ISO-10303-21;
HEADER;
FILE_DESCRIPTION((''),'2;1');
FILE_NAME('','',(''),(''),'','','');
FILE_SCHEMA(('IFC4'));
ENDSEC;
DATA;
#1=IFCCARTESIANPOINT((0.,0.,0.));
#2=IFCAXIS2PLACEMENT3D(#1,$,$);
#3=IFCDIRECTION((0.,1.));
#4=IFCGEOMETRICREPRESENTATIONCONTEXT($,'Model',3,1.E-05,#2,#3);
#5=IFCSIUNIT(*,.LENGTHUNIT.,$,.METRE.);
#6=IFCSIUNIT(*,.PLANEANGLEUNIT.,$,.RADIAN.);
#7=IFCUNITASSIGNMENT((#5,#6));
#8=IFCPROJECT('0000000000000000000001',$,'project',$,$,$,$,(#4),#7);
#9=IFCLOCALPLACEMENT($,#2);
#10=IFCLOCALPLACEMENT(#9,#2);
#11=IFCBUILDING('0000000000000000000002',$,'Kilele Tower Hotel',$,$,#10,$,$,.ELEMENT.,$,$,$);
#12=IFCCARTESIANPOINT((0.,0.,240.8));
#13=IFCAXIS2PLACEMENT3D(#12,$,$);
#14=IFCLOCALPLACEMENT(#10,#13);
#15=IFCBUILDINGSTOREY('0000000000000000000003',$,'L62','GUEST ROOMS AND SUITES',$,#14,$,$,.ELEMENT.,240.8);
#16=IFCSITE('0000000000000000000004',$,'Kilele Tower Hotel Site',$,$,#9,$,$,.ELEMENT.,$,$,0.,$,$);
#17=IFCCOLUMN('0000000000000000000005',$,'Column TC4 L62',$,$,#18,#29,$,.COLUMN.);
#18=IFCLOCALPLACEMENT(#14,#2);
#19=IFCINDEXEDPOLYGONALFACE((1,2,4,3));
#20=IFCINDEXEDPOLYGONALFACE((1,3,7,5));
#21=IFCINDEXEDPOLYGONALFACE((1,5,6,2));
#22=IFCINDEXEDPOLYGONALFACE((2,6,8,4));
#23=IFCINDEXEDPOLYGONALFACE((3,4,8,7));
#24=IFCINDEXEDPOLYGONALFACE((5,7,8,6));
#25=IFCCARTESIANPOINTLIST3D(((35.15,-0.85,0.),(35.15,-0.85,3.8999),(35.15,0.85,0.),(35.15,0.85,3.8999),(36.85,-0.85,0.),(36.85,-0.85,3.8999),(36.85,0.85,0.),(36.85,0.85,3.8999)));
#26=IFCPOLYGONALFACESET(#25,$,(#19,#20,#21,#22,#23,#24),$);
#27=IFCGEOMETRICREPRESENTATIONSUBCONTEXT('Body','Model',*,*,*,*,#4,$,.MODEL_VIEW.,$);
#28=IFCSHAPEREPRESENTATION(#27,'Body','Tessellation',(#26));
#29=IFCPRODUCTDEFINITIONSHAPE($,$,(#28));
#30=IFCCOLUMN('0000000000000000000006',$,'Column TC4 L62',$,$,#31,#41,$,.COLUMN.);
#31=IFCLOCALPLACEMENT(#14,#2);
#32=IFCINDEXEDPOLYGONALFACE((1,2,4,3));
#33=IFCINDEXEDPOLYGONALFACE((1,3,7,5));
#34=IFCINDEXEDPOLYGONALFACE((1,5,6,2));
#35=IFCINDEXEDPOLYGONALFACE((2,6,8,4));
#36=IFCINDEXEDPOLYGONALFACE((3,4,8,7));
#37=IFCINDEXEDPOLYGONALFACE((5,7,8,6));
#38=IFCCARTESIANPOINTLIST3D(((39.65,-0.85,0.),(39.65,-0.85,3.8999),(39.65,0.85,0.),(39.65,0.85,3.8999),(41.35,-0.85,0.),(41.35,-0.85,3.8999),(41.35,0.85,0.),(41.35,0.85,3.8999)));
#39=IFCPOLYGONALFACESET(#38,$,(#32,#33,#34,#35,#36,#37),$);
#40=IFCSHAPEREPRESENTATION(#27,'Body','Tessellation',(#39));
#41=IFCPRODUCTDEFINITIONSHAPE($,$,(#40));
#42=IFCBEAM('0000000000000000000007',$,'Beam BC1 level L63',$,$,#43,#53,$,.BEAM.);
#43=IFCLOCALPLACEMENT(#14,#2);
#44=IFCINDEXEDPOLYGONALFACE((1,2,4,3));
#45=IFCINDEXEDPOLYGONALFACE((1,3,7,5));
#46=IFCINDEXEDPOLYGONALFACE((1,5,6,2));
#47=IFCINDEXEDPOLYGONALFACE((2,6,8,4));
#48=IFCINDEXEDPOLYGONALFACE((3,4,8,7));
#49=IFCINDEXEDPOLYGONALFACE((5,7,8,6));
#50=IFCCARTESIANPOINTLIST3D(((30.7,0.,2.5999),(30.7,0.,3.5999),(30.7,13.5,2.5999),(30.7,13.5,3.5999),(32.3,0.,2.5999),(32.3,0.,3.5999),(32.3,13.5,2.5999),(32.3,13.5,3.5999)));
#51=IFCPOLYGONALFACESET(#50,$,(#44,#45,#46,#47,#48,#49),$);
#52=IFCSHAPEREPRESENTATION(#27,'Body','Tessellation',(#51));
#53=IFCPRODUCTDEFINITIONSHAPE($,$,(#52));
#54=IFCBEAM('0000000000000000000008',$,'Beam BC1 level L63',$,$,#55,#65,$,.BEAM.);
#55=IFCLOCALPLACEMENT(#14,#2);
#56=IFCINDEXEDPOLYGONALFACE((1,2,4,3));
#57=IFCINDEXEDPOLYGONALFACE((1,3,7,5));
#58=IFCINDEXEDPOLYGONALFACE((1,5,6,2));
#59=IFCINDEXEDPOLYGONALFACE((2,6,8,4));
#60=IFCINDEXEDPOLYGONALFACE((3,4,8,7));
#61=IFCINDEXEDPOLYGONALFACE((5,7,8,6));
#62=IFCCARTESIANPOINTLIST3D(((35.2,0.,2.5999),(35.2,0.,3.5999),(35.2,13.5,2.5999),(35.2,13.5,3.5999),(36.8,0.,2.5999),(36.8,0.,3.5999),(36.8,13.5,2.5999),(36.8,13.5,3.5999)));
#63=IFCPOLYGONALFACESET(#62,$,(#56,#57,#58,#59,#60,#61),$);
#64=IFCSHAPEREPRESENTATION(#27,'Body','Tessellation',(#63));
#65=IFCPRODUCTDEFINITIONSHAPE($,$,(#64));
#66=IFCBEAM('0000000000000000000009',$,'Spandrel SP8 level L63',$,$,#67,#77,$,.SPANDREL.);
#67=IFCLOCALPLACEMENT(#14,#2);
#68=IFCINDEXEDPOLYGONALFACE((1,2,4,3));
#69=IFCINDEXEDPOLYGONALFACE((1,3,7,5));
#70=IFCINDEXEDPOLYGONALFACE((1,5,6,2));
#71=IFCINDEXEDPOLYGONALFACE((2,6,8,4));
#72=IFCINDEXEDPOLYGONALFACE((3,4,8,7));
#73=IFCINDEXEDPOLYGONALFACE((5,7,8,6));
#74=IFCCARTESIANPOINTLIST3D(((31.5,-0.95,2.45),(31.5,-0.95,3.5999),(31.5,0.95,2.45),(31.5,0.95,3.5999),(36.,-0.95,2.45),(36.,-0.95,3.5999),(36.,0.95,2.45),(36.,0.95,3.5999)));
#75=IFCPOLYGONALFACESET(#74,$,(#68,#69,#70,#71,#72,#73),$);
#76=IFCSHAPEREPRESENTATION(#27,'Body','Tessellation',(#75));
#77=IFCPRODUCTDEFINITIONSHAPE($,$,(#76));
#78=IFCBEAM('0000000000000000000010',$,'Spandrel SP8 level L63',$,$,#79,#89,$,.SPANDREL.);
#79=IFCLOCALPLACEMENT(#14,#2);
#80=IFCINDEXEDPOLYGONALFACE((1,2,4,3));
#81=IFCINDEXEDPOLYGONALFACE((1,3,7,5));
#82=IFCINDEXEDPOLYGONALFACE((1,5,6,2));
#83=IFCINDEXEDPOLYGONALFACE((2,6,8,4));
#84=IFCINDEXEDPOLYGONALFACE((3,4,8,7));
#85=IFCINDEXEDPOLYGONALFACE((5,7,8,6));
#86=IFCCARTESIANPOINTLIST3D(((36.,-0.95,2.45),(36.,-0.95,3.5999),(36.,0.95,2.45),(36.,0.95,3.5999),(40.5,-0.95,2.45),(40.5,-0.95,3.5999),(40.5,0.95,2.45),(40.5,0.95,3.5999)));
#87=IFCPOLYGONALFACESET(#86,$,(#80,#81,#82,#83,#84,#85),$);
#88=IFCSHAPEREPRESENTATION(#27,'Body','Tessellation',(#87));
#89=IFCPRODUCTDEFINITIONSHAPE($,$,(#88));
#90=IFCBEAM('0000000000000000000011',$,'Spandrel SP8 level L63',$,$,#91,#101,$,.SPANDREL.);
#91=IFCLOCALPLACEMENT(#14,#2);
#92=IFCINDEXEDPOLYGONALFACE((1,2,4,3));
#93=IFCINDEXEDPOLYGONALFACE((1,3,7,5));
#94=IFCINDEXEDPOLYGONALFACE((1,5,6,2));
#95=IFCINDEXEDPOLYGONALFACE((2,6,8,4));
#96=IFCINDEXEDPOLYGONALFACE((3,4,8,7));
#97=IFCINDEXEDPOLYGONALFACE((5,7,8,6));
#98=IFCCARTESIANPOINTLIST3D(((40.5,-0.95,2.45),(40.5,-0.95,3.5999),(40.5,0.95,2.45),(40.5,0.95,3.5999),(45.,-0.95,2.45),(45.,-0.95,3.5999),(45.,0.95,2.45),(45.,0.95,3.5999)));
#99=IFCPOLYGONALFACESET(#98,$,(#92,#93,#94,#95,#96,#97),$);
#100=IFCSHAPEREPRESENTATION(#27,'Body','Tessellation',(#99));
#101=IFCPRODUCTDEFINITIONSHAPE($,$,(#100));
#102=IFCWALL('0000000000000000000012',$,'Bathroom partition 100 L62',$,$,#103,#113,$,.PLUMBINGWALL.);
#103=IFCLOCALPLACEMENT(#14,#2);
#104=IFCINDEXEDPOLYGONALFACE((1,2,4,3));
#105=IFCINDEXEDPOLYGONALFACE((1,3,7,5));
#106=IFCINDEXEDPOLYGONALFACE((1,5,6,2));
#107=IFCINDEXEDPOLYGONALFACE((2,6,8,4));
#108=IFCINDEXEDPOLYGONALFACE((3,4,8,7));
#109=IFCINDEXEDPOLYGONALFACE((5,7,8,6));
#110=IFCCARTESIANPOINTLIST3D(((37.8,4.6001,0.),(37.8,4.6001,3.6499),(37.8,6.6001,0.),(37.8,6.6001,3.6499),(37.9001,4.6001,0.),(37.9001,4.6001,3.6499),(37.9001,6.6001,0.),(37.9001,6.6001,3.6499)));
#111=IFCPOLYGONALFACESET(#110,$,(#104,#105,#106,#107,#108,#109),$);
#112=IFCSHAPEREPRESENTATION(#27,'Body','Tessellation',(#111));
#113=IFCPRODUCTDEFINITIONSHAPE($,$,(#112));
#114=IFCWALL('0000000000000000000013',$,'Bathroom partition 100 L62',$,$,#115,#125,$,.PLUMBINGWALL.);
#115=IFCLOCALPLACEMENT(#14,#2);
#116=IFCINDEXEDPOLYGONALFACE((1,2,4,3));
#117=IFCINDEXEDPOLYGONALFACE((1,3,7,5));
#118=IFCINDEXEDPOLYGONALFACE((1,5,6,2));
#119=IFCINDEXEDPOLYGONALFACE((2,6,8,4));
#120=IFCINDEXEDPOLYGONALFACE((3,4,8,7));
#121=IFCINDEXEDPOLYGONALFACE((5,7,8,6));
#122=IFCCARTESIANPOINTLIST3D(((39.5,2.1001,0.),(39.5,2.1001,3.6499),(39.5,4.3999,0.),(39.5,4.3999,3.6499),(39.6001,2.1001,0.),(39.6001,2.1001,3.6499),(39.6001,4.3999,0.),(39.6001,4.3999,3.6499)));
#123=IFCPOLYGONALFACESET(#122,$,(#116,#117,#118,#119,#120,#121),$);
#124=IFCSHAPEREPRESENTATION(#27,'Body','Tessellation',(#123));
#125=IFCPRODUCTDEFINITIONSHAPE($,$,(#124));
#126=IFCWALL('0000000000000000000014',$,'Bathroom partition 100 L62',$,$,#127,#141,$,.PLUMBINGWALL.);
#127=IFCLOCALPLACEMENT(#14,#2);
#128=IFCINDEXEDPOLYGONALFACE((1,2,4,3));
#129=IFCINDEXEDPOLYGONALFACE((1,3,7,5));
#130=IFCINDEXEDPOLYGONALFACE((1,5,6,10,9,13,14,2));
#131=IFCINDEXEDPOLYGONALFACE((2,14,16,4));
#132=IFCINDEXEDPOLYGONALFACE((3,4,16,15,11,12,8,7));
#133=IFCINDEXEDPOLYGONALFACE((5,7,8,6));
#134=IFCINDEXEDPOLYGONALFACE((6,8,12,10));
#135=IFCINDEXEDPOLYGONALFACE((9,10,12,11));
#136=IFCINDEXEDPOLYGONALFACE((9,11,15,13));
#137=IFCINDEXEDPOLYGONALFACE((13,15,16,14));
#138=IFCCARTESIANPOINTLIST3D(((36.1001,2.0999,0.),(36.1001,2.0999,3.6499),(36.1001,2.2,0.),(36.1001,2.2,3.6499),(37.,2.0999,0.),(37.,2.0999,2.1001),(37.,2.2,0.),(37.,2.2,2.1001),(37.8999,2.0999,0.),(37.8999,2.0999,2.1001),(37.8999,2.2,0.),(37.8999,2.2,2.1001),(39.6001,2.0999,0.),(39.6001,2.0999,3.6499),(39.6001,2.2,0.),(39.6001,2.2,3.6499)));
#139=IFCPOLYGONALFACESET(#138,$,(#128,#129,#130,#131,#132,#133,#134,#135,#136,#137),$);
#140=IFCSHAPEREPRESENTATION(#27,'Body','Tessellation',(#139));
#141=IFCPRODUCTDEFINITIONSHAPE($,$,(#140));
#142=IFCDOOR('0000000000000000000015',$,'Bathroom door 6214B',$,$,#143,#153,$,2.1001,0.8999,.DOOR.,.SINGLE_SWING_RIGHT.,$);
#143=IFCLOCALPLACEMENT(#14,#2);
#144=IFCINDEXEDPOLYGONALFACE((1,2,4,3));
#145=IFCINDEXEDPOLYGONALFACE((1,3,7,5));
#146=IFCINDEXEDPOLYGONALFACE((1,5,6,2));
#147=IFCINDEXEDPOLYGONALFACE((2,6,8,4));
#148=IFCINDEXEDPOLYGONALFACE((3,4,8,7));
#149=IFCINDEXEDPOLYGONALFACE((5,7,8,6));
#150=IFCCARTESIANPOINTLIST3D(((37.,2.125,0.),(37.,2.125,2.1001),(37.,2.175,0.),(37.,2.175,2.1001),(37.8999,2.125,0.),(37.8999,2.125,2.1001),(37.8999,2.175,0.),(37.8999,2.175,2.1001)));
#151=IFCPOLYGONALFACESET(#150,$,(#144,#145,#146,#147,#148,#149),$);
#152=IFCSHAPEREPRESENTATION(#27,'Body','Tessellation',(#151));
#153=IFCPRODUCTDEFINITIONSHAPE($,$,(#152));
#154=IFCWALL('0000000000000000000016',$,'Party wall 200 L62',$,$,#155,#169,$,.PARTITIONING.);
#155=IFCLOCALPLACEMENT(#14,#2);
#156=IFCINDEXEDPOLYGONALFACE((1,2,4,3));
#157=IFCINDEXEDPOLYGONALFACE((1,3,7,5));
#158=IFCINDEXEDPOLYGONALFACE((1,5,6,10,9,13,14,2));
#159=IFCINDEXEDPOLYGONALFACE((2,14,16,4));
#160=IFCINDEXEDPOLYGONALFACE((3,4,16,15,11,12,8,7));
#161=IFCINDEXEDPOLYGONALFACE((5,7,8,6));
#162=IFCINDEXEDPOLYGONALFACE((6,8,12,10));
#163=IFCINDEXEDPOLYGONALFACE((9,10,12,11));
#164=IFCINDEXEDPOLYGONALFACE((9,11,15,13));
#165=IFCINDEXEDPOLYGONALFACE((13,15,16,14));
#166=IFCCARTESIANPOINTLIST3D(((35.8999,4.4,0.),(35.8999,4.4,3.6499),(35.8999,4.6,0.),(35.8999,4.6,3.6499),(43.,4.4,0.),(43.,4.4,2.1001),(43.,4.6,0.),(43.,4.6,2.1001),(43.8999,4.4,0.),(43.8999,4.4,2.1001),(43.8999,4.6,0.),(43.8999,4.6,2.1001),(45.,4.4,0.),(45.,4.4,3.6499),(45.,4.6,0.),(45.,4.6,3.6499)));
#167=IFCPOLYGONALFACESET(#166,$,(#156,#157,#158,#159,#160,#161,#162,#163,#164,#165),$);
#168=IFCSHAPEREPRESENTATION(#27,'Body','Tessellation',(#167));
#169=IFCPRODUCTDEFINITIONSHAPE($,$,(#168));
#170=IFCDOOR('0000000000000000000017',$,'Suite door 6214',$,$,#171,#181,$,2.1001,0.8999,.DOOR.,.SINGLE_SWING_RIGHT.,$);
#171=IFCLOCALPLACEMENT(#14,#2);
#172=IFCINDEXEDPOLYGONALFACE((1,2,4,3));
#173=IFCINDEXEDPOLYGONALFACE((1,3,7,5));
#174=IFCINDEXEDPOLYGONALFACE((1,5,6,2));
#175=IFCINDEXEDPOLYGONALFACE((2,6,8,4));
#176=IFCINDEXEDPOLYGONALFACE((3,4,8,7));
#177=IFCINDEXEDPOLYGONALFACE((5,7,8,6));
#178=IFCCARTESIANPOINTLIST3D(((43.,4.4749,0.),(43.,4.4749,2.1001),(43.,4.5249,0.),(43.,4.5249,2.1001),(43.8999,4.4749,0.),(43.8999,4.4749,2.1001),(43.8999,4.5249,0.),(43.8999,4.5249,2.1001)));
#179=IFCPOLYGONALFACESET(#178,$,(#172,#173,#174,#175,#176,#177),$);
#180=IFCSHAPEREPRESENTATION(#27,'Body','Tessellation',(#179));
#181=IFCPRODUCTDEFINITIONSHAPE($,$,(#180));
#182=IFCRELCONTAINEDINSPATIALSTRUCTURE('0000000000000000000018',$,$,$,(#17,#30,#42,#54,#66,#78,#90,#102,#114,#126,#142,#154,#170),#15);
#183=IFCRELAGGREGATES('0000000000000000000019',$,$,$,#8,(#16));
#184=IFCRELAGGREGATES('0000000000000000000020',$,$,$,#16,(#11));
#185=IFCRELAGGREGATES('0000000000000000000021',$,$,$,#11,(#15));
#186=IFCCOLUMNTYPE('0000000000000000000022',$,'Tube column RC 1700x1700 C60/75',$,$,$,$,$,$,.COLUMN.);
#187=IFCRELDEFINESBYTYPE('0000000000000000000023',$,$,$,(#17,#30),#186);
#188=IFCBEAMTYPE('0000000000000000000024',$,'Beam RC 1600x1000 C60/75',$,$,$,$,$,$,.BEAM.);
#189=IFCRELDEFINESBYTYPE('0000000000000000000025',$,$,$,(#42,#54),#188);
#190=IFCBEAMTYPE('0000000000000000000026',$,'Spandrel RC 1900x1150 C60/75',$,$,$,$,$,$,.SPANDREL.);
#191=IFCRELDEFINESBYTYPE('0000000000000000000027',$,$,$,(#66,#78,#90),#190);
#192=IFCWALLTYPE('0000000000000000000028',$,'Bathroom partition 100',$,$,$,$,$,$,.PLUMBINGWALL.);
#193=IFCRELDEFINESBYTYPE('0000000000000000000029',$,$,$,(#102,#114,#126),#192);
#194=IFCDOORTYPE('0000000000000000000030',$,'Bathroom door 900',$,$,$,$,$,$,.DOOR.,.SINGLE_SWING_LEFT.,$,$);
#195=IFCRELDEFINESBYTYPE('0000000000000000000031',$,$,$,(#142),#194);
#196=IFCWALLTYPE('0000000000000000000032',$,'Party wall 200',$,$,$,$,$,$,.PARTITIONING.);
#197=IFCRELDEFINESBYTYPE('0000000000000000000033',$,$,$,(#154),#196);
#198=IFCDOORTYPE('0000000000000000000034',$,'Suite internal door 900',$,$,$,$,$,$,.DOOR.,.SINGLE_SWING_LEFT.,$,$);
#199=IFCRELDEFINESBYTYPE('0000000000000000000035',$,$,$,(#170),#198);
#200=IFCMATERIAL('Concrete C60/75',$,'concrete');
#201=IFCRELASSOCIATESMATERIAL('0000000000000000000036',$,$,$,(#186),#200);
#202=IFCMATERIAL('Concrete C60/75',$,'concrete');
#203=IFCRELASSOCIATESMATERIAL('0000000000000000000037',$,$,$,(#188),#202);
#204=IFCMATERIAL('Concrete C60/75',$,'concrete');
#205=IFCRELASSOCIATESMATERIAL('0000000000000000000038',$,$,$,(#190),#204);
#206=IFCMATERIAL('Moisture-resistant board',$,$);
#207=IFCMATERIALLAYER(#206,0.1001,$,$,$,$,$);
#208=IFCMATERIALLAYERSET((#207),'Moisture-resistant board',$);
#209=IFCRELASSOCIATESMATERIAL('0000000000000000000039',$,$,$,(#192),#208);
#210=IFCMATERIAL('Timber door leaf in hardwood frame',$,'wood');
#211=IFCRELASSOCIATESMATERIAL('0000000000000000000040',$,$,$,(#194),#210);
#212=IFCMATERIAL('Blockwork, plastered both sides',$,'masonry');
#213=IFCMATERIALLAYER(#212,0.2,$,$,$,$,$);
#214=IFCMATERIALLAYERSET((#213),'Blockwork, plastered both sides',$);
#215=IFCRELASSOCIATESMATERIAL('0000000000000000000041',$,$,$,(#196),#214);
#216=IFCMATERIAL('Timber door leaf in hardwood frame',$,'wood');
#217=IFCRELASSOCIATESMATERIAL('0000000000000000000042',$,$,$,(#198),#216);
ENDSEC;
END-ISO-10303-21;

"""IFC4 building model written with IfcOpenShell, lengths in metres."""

from ifc_helpers import new_model, si_unit, direction, frame, frame_2d, origin, origin_2d, place, context, subcontext, project, spatial, rectangle, extrude, material, layer, layer_set, material_profile, profile_set, type_object, element, fill, save


model = new_model("IFC4")

# Units and contexts
model_context = context("Model", 3, precision=1e-05, world=origin(), true_north=direction((0.0, 1.0)))
body_context = subcontext(model_context, "Body", "Model", "MODEL_VIEW")
ifc_project = project(units=[si_unit("LENGTHUNIT", "METRE"), si_unit("PLANEANGLEUNIT", "RADIAN")], contexts=[model_context])

# Site, building, storey
site_placement = place(None, origin())
site = spatial("IfcSite", under=ifc_project, at=site_placement, Name="Kilele Tower Hotel Site", CompositionType="ELEMENT", RefElevation=0.0)
building_placement = place(site_placement, origin())
building = spatial("IfcBuilding", under=site, at=building_placement, Name="Kilele Tower Hotel", CompositionType="ELEMENT")
storey_placement = place(building_placement, frame((0.0, 0.0, 240.8)))
storey = spatial("IfcBuildingStorey", under=building, at=storey_placement, Name="L62", Description="GUEST ROOMS AND SUITES", CompositionType="ELEMENT", Elevation=240.8)

# Columns
ifc_material_1 = material(Name="Concrete C60/75", Category="concrete")
ifc_material_profile_1 = material_profile(ifc_material_1, rectangle(XDim=1.7, YDim=1.7, at=origin_2d()))
ifc_profile_set_1 = profile_set([ifc_material_profile_1], Name="Concrete C60/75")
column_type = type_object("IfcColumnType", Name="Tube column RC 1700x1700 C60/75", PredefinedType="COLUMN", material=ifc_profile_set_1)
for number, where, z_axis, x_axis, name in (
    (1, (36.0, 0.0, 0.0), (0.0, 0.0, 1.0), (1.0, 0.0, 0.0), "Column TC4 L62"),
    (2, (40.5, 0.0, 0.0), (0.0, 0.0, 1.0), (1.0, 0.0, 0.0), "Column TC4 L62"),
):
    element("IfcColumn", number, at=place(storey_placement, frame(where, z_axis=z_axis, x_axis=x_axis)), inside=storey, type_object=column_type, Name=name, PredefinedType="COLUMN", context=body_context, shape_type="SweptSolid", body=[
        extrude(rectangle(XDim=1.7, YDim=1.7, at=origin_2d()), origin(), (0.0, 0.0, 1.0), 3.8999),
    ])

# Beams
ifc_material_2 = material(Name="Concrete C60/75", Category="concrete")
ifc_material_profile_2 = material_profile(ifc_material_2, rectangle(XDim=1.6001, YDim=1.0, at=origin_2d()))
ifc_profile_set_2 = profile_set([ifc_material_profile_2], Name="Concrete C60/75")
beam_type_1 = type_object("IfcBeamType", Name="Beam RC 1600x1000 C60/75", PredefinedType="BEAM", material=ifc_profile_set_2)
for number, where, z_axis, x_axis, name in (
    (3, (31.5, 0.0, 3.0999), (0.0, 1.0, 0.0), (-1.0, 0.0, 0.0), "Beam BC1 level L63"),
    (4, (36.0, 0.0, 3.0999), (0.0, 1.0, 0.0), (-1.0, 0.0, 0.0), "Beam BC1 level L63"),
):
    element("IfcBeam", number, at=place(storey_placement, frame(where, z_axis=z_axis, x_axis=x_axis)), inside=storey, type_object=beam_type_1, Name=name, PredefinedType="BEAM", context=body_context, shape_type="SweptSolid", body=[
        extrude(rectangle(XDim=1.6001, YDim=1.0, at=origin_2d()), origin(), (0.0, 0.0, 1.0), 13.5),
    ])
ifc_material_3 = material(Name="Concrete C60/75", Category="concrete")
ifc_material_profile_3 = material_profile(ifc_material_3, rectangle(XDim=1.8999, YDim=1.1499, at=origin_2d()))
ifc_profile_set_3 = profile_set([ifc_material_profile_3], Name="Concrete C60/75")
beam_type_2 = type_object("IfcBeamType", Name="Spandrel RC 1900x1150 C60/75", PredefinedType="SPANDREL", material=ifc_profile_set_3)
for number, where, z_axis, x_axis, name in (
    (5, (31.5, 0.0, 3.0249), (1.0, 0.0, 0.0), (0.0, 1.0, 0.0), "Spandrel SP8 level L63"),
    (6, (36.0, 0.0, 3.0249), (1.0, 0.0, 0.0), (0.0, 1.0, 0.0), "Spandrel SP8 level L63"),
    (7, (40.5, 0.0, 3.0249), (1.0, 0.0, 0.0), (0.0, 1.0, 0.0), "Spandrel SP8 level L63"),
):
    element("IfcBeam", number, at=place(storey_placement, frame(where, z_axis=z_axis, x_axis=x_axis)), inside=storey, type_object=beam_type_2, Name=name, PredefinedType="SPANDREL", context=body_context, shape_type="SweptSolid", body=[
        extrude(rectangle(XDim=1.8999, YDim=1.1499, at=origin_2d()), origin(), (0.0, 0.0, 1.0), 4.5),
    ])

# Walls
ifc_material_4 = material(Name="Moisture-resistant board")
ifc_layer_1 = layer(ifc_material_4, 0.1001)
ifc_layer_set_1 = layer_set([ifc_layer_1], Name="Moisture-resistant board")
wall_type_1 = type_object("IfcWallType", Name="Bathroom partition 100", PredefinedType="PLUMBINGWALL", material=ifc_layer_set_1)
wall_1_placement = place(storey_placement, frame((37.8501, 4.6001, 0.0), z_axis=(0.0, 0.0, 1.0), x_axis=(0.0, 1.0, 0.0)))
element("IfcWall", 8, at=wall_1_placement, inside=storey, type_object=wall_type_1, Name="Bathroom partition 100 L62", PredefinedType="PLUMBINGWALL", context=body_context, shape_type="SweptSolid", body=[
    extrude(rectangle(XDim=2.0, YDim=0.1001, at=frame_2d((1.0, 0.0))), origin(), (0.0, 0.0, 1.0), 3.6499),
])
wall_2_placement = place(storey_placement, frame((39.55, 4.3999, 0.0), z_axis=(0.0, 0.0, 1.0), x_axis=(0.0, -1.0, 0.0)))
element("IfcWall", 9, at=wall_2_placement, inside=storey, type_object=wall_type_1, Name="Bathroom partition 100 L62", PredefinedType="PLUMBINGWALL", context=body_context, shape_type="SweptSolid", body=[
    extrude(rectangle(XDim=2.2998, YDim=0.1001, at=frame_2d((1.1499, 0.0))), origin(), (0.0, 0.0, 1.0), 3.6499),
])

# Walls, openings, doors
wall_3_placement = place(storey_placement, frame((36.1001, 2.1499, 0.0), z_axis=(0.0, 0.0, 1.0), x_axis=(1.0, 0.0, 0.0)))
wall_3 = element("IfcWall", 10, at=wall_3_placement, inside=storey, type_object=wall_type_1, Name="Bathroom partition 100 L62", PredefinedType="PLUMBINGWALL", context=body_context, shape_type="SweptSolid", body=[
    extrude(rectangle(XDim=3.5, YDim=0.1001, at=frame_2d((1.75, 0.0))), origin(), (0.0, 0.0, 1.0), 3.6499),
])
opening_1_placement = place(wall_3_placement, frame((1.7998, 0.0, 0.0), z_axis=(0.0, 0.0, 1.0), x_axis=(-1.0, 0.0, 0.0)))
opening_1 = element("IfcOpeningElement", 11, at=opening_1_placement, cuts=wall_3, PredefinedType="OPENING", context=body_context, shape_type="SweptSolid", body=[
    extrude(rectangle(XDim=0.8999, YDim=2.1001, at=frame_2d((0.45, 1.05))), frame((0.0, 0.0601, 0.0), z_axis=(0.0, -1.0, 0.0), x_axis=(1.0, 0.0, 0.0)), (0.0, 0.0, 1.0), 0.1201),
])
ifc_material_5 = material(Name="Timber door leaf in hardwood frame", Category="wood")
door_type_1 = type_object("IfcDoorType", Name="Bathroom door 900", OperationType="SINGLE_SWING_LEFT", PredefinedType="DOOR", material=ifc_material_5)
door_1_placement = place(opening_1_placement, origin())
door_1 = element("IfcDoor", 12, at=door_1_placement, inside=storey, type_object=door_type_1, Name="Bathroom door 6214B", OperationType="SINGLE_SWING_RIGHT", OverallHeight=2.1001, OverallWidth=0.8999, PredefinedType="DOOR", context=body_context, shape_type="SweptSolid", body=[
    extrude(rectangle(XDim=0.8999, YDim=2.1001, at=frame_2d((0.45, 1.05))), frame((0.0, 0.0249, 0.0), z_axis=(0.0, -1.0, 0.0), x_axis=(1.0, 0.0, 0.0)), (0.0, 0.0, 1.0), 0.05),
])
fill(opening_1, door_1)
ifc_material_6 = material(Name="Blockwork, plastered both sides", Category="masonry")
ifc_layer_2 = layer(ifc_material_6, 0.2)
ifc_layer_set_2 = layer_set([ifc_layer_2], Name="Blockwork, plastered both sides")
wall_type_2 = type_object("IfcWallType", Name="Party wall 200", PredefinedType="PARTITIONING", material=ifc_layer_set_2)
wall_4_placement = place(storey_placement, frame((35.8999, 4.5, 0.0), z_axis=(0.0, 0.0, 1.0), x_axis=(1.0, 0.0, 0.0)))
wall_4 = element("IfcWall", 13, at=wall_4_placement, inside=storey, type_object=wall_type_2, Name="Party wall 200 L62", PredefinedType="PARTITIONING", context=body_context, shape_type="SweptSolid", body=[
    extrude(rectangle(XDim=9.1001, YDim=0.2, at=frame_2d((4.55, 0.0))), origin(), (0.0, 0.0, 1.0), 3.6499),
])
opening_2_placement = place(wall_4_placement, frame((7.1001, 0.0, 0.0)))
opening_2 = element("IfcOpeningElement", 14, at=opening_2_placement, cuts=wall_4, PredefinedType="OPENING", context=body_context, shape_type="SweptSolid", body=[
    extrude(rectangle(XDim=0.8999, YDim=2.1001, at=frame_2d((0.45, 1.05))), frame((0.0, 0.1099, 0.0), z_axis=(0.0, -1.0, 0.0), x_axis=(1.0, 0.0, 0.0)), (0.0, 0.0, 1.0), 0.22),
])
ifc_material_7 = material(Name="Timber door leaf in hardwood frame", Category="wood")
door_type_2 = type_object("IfcDoorType", Name="Suite internal door 900", OperationType="SINGLE_SWING_LEFT", PredefinedType="DOOR", material=ifc_material_7)
door_2_placement = place(opening_2_placement, origin())
door_2 = element("IfcDoor", 15, at=door_2_placement, inside=storey, type_object=door_type_2, Name="Suite door 6214", OperationType="SINGLE_SWING_RIGHT", OverallHeight=2.1001, OverallWidth=0.8999, PredefinedType="DOOR", context=body_context, shape_type="SweptSolid", body=[
    extrude(rectangle(XDim=0.8999, YDim=2.1001, at=frame_2d((0.45, 1.05))), frame((0.0, 0.0249, 0.0), z_axis=(0.0, -1.0, 0.0), x_axis=(1.0, 0.0, 0.0)), (0.0, 0.0, 1.0), 0.05),
])
fill(opening_2, door_2)

save(model, "model.ifc")
